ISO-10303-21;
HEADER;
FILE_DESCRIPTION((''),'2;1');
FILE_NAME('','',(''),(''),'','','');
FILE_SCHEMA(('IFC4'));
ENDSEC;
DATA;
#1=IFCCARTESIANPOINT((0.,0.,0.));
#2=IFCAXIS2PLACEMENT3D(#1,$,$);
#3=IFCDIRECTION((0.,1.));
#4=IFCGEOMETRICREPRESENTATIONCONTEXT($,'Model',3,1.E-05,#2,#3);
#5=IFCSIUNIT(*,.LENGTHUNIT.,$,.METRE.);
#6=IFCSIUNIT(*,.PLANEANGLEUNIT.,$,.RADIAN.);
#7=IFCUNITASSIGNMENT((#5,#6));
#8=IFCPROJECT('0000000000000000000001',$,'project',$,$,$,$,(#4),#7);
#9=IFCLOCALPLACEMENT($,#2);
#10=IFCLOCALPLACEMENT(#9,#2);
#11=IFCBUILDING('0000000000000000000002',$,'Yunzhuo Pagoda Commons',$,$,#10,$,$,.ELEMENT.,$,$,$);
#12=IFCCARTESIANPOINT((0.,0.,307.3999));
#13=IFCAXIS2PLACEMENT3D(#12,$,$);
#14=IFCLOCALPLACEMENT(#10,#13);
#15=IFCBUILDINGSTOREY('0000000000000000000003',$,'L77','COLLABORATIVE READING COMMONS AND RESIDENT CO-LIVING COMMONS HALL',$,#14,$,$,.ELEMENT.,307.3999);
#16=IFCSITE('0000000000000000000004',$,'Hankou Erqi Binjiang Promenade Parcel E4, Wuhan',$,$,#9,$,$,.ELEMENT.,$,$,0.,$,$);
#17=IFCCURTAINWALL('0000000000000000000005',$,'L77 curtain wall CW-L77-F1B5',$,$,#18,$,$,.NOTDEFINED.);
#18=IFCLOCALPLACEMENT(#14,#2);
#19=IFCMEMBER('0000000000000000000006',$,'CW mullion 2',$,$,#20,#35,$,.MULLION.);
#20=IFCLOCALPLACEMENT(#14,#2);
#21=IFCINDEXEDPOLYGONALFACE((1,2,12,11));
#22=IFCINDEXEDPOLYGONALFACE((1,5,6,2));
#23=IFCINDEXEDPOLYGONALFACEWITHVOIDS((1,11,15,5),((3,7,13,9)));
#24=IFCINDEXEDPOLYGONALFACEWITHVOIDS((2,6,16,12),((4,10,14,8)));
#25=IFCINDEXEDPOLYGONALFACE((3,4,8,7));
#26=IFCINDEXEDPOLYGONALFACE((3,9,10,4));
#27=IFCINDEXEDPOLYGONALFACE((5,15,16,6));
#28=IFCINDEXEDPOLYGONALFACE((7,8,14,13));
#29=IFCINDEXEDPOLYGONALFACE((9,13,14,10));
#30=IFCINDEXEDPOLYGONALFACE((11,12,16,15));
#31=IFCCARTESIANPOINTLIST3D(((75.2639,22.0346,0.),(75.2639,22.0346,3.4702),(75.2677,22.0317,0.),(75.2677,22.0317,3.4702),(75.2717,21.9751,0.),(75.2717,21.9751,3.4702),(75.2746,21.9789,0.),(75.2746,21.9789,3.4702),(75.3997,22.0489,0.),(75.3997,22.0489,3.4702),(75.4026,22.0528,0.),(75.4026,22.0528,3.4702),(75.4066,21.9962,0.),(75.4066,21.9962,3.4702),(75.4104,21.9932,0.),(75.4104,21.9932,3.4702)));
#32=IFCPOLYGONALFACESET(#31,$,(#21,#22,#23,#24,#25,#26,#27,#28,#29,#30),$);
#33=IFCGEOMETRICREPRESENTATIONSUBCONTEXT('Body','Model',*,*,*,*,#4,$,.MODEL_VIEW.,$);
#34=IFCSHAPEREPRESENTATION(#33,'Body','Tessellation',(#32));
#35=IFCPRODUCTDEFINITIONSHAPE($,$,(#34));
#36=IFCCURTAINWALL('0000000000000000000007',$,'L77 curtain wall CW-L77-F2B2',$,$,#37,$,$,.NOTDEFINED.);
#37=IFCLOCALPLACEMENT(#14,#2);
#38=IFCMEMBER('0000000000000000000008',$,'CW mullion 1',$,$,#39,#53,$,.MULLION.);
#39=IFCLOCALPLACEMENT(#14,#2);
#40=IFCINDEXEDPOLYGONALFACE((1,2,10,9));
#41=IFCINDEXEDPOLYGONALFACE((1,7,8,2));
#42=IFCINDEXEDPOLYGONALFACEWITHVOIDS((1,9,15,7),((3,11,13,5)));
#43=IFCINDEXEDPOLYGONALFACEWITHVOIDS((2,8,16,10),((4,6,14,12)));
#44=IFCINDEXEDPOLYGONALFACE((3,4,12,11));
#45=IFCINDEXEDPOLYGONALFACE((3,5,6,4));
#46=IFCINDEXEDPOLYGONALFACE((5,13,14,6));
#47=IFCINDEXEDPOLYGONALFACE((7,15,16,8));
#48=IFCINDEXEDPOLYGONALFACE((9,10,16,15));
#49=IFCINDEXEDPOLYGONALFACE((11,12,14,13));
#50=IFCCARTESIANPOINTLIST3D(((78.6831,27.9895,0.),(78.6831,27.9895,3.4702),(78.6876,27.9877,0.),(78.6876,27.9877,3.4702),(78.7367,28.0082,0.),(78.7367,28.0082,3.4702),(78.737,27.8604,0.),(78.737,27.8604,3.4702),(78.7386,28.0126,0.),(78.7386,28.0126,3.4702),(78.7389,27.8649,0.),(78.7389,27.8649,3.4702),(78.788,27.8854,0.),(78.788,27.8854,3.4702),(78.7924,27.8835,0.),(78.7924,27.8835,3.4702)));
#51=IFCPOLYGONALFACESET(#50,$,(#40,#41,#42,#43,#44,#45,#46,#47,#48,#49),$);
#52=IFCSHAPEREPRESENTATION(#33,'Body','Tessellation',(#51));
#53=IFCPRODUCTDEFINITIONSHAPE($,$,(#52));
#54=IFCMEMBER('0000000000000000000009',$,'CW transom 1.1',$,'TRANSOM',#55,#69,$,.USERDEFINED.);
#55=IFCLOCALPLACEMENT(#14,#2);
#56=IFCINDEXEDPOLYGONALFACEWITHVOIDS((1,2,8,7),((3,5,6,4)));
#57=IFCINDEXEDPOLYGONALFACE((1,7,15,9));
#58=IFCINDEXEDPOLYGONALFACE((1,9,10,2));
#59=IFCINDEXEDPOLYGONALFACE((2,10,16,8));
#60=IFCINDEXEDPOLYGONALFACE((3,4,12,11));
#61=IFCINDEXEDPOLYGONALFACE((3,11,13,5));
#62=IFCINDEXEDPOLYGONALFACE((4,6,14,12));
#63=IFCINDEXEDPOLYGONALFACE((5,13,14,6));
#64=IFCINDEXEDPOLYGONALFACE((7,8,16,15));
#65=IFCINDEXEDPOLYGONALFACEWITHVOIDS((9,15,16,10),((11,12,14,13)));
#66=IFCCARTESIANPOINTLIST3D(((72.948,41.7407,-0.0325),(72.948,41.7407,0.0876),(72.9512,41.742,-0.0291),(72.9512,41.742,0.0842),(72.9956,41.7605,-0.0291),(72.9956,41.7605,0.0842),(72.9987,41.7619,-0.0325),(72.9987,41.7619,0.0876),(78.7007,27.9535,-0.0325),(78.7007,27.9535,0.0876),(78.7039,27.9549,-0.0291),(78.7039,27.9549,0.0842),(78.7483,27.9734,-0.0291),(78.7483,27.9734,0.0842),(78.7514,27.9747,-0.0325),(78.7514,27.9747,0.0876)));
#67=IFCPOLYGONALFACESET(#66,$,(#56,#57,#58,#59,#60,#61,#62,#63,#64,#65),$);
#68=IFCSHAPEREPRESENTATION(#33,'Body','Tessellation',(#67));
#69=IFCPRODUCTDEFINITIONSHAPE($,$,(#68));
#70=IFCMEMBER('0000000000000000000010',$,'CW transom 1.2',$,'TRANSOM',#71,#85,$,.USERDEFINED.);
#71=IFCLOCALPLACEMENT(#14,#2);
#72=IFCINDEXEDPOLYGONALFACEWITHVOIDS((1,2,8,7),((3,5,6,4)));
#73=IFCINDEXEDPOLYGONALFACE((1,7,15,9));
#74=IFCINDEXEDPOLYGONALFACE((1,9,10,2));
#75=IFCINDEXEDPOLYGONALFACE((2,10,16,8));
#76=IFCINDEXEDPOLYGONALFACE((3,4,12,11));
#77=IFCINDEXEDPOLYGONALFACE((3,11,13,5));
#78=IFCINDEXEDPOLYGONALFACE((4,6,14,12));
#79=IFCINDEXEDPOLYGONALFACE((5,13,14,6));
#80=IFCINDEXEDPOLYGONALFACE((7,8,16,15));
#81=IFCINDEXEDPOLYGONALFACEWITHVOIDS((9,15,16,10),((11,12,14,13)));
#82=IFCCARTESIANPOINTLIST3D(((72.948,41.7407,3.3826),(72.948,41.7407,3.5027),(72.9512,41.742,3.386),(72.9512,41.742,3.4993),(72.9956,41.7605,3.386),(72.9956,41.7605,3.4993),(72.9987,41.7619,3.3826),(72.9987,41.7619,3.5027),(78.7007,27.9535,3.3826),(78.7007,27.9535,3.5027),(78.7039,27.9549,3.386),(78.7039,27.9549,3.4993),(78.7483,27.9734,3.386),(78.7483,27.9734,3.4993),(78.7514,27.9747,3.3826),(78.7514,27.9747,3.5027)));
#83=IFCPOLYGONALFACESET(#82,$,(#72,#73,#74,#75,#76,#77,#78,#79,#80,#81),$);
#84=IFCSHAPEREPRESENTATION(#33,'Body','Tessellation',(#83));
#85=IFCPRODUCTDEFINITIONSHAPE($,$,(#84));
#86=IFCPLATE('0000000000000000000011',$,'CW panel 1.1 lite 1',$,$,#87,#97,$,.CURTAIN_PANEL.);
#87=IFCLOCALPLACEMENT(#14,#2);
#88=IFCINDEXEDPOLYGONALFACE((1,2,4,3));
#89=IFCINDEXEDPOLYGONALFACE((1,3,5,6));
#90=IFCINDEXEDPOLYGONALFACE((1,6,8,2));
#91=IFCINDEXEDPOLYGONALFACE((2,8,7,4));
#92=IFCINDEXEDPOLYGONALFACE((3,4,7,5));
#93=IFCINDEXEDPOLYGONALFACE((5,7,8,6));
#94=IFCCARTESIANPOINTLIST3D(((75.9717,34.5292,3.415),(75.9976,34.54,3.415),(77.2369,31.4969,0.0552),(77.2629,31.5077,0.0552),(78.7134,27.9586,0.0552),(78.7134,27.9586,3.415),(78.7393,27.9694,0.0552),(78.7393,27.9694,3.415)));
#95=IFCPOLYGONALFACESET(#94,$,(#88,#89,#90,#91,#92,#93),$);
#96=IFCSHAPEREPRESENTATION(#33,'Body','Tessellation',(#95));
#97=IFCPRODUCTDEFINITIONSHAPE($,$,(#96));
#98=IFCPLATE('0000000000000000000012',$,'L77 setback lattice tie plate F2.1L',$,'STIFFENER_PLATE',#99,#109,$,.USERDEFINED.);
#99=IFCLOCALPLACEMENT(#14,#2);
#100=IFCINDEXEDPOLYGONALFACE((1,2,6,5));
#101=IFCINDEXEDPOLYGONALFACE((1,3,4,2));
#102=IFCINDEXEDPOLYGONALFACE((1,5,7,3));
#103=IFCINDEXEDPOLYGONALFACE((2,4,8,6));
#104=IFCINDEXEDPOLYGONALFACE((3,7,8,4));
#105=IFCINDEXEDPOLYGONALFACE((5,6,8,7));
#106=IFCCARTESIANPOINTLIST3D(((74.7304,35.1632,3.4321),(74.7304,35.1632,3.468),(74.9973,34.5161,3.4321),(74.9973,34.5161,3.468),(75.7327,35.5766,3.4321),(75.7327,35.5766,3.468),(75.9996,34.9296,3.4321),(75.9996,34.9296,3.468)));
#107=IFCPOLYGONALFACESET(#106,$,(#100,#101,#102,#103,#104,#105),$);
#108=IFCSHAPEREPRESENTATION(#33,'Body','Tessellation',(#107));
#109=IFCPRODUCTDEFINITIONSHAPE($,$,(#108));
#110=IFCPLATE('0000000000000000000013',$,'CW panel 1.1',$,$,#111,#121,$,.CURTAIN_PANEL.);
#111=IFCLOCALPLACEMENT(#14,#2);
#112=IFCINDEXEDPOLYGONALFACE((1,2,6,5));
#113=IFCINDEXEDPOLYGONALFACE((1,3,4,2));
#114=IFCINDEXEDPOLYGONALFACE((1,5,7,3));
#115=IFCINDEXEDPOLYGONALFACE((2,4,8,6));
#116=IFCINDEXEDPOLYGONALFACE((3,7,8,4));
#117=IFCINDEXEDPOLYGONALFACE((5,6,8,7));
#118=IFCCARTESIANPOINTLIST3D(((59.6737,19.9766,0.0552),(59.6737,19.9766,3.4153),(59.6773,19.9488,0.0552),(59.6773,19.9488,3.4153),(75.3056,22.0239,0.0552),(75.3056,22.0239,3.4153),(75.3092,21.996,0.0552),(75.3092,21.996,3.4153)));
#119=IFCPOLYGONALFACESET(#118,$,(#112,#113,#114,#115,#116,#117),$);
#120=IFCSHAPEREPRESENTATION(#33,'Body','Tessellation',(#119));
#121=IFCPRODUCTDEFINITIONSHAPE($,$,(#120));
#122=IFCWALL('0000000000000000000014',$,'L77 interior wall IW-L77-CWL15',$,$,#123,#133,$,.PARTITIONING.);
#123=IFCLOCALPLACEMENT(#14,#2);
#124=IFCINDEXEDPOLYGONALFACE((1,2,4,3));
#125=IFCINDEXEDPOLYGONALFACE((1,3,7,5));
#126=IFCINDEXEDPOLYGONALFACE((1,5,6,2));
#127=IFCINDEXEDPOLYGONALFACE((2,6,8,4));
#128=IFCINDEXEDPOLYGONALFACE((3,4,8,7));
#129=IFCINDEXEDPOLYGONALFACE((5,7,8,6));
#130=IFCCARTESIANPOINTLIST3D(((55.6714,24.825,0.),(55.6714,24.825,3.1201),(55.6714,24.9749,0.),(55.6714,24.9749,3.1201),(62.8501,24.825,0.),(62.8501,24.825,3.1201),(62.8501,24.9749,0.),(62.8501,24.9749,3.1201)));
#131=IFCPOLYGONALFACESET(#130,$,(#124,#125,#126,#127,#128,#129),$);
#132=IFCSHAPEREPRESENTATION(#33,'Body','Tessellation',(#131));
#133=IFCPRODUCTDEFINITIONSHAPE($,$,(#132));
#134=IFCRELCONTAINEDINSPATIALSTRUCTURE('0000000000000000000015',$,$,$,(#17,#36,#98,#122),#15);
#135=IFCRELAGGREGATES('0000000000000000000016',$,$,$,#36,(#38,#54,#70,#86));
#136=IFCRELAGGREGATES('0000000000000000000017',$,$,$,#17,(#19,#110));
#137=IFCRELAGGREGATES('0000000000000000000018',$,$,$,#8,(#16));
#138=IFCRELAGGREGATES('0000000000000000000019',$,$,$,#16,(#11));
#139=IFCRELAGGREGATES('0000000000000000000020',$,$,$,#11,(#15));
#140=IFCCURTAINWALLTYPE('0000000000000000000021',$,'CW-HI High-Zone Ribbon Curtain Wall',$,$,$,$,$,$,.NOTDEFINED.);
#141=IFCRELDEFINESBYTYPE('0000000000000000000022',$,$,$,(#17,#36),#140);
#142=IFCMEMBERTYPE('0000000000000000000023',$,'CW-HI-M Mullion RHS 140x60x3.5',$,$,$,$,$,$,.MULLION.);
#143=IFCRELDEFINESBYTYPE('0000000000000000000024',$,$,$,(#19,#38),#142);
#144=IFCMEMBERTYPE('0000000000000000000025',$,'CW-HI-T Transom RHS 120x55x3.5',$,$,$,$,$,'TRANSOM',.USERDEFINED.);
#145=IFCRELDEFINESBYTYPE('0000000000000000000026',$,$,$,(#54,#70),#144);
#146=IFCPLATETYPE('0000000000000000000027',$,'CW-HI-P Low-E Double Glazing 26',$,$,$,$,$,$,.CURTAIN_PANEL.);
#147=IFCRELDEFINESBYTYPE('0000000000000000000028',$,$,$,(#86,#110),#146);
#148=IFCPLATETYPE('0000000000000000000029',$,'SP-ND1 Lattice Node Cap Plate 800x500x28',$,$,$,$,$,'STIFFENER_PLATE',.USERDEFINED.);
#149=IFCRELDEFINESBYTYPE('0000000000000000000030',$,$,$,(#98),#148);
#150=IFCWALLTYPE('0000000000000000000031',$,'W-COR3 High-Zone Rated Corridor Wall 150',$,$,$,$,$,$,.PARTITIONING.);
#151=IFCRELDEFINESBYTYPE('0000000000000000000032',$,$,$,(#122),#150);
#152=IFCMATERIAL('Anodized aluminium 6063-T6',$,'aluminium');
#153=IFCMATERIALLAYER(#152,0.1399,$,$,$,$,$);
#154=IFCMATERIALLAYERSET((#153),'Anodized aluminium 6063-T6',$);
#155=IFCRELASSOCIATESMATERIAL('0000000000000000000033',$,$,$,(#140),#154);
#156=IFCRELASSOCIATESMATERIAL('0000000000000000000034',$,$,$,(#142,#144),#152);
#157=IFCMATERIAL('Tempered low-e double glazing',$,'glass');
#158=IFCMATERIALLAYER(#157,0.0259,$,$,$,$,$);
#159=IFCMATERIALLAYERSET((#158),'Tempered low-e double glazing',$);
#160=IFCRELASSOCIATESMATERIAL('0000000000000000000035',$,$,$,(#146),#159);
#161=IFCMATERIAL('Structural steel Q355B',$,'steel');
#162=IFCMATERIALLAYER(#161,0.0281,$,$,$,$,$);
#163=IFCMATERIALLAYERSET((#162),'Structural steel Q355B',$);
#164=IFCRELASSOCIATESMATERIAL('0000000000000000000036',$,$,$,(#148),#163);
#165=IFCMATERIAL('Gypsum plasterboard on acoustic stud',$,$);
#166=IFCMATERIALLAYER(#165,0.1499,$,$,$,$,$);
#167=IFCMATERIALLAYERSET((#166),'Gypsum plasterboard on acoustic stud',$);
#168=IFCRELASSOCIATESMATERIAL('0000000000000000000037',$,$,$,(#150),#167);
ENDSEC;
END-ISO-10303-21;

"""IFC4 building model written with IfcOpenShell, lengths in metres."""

from ifc_helpers import new_model, si_unit, direction, frame, frame_2d, origin, origin_2d, place, context, subcontext, project, spatial, polyline, rectangle, hollow_rectangle, outline, extrude, source, transform, mapped, material, layer, layer_set, material_profile, profile_set, type_object, element, aggregate, save


model = new_model("IFC4")

# Units and contexts
model_context = context("Model", 3, precision=1e-05, world=origin(), true_north=direction((0.0, 1.0)))
body_context = subcontext(model_context, "Body", "Model", "MODEL_VIEW")
ifc_project = project(units=[si_unit("LENGTHUNIT", "METRE"), si_unit("PLANEANGLEUNIT", "RADIAN")], contexts=[model_context])

# Site, building, storey
site_placement = place(None, origin())
site = spatial("IfcSite", under=ifc_project, at=site_placement, Name="Hankou Erqi Binjiang Promenade Parcel E4, Wuhan", CompositionType="ELEMENT", RefElevation=0.0)
building_placement = place(site_placement, origin())
building = spatial("IfcBuilding", under=site, at=building_placement, Name="Yunzhuo Pagoda Commons", CompositionType="ELEMENT")
storey_placement = place(building_placement, frame((0.0, 0.0, 307.3999)))
storey = spatial("IfcBuildingStorey", under=building, at=storey_placement, Name="L77", Description="COLLABORATIVE READING COMMONS AND RESIDENT CO-LIVING COMMONS HALL", CompositionType="ELEMENT", Elevation=307.3999)

# Shared definitions
ifc_material_1 = material(Name="Structural steel Q355B", Category="steel")

# Curtain wall, member
ifc_material_2 = material(Name="Anodized aluminium 6063-T6", Category="aluminium")
ifc_layer_1 = layer(ifc_material_2, 0.1399)
ifc_layer_set_1 = layer_set([ifc_layer_1], Name="Anodized aluminium 6063-T6")
curtain_wall_type = type_object("IfcCurtainWallType", Name="CW-HI High-Zone Ribbon Curtain Wall", PredefinedType="NOTDEFINED", material=ifc_layer_set_1)
curtain_wall_1_placement = place(storey_placement, origin())
curtain_wall_1 = element("IfcCurtainWall", 1, at=curtain_wall_1_placement, inside=storey, type_object=curtain_wall_type, Name="L77 curtain wall CW-L77-F1B5", PredefinedType="NOTDEFINED")
ifc_material_profile_1 = material_profile(ifc_material_2, hollow_rectangle(XDim=0.0601, YDim=0.1399, WallThickness=0.0034, at=origin_2d()), Name="Anodized aluminium 6063-T6")
ifc_profile_set_1 = profile_set([ifc_material_profile_1], Name="Anodized aluminium 6063-T6")
member_type_1 = type_object("IfcMemberType", Name="CW-HI-M Mullion RHS 140x60x3.5", PredefinedType="MULLION", material=ifc_profile_set_1)
shared_shape_1 = source(origin(), body_context, "Body", "SweptSolid", [
    extrude(hollow_rectangle(XDim=0.0601, YDim=0.1399, WallThickness=0.0034, at=origin_2d()), origin(), (0.0, 0.0, 1.0), 3.4702),
])
member_1_placement = place(storey_placement, frame((75.3372, 22.0139, 0.0), z_axis=(0.0, 0.0, 1.0), x_axis=(-0.129855, 0.991533, 0.0)))
member_1 = element("IfcMember", 2, at=member_1_placement, type_object=member_type_1, Name="CW mullion 2", PredefinedType="MULLION", context=body_context, shape_type="MappedRepresentation", body=[
    mapped(shared_shape_1, transform((0.0, 0.0, 0.0), scale=1.0)),
])

# Curtain wall, members, plate
curtain_wall_2_placement = place(storey_placement, origin())
curtain_wall_2 = element("IfcCurtainWall", 3, at=curtain_wall_2_placement, inside=storey, type_object=curtain_wall_type, Name="L77 curtain wall CW-L77-F2B2", PredefinedType="NOTDEFINED")
member_2_placement = place(storey_placement, frame((78.7378, 27.9365, 0.0), z_axis=(0.0, 0.0, 1.0), x_axis=(-0.922876, -0.385097, 0.0)))
member_2 = element("IfcMember", 4, at=member_2_placement, type_object=member_type_1, Name="CW mullion 1", PredefinedType="MULLION", context=body_context, shape_type="MappedRepresentation", body=[
    mapped(shared_shape_1, transform((0.0, 0.0, 0.0), scale=1.0)),
])
ifc_material_profile_2 = material_profile(ifc_material_2, hollow_rectangle(XDim=0.0549, YDim=0.1201, WallThickness=0.0034, at=origin_2d()), Name="Anodized aluminium 6063-T6")
ifc_profile_set_2 = profile_set([ifc_material_profile_2], Name="Anodized aluminium 6063-T6")
member_type_2 = type_object("IfcMemberType", Name="CW-HI-T Transom RHS 120x55x3.5", ElementType="TRANSOM", PredefinedType="USERDEFINED", material=ifc_profile_set_2)
shared_shape_2 = source(origin(), body_context, "Body", "SweptSolid", [
    extrude(hollow_rectangle(XDim=0.0549, YDim=0.1201, WallThickness=0.0034, at=origin_2d()), origin(), (0.0, 0.0, 1.0), 14.9392),
])
member_3_placement = place(storey_placement, frame((78.7261, 27.9641, 0.0276), z_axis=(-0.385075, 0.922885, 0.0), x_axis=(-0.922885, -0.385075, 0.0)))
member_3 = element("IfcMember", 5, at=member_3_placement, type_object=member_type_2, Name="CW transom 1.1", ObjectType="TRANSOM", PredefinedType="USERDEFINED", context=body_context, shape_type="MappedRepresentation", body=[
    mapped(shared_shape_2, transform((0.0, 0.0, 0.0), scale=1.0)),
])
member_4_placement = place(storey_placement, frame((78.7261, 27.9641, 3.4426), z_axis=(-0.385075, 0.922885, 0.0), x_axis=(-0.922885, -0.385075, 0.0)))
member_4 = element("IfcMember", 6, at=member_4_placement, type_object=member_type_2, Name="CW transom 1.2", ObjectType="TRANSOM", PredefinedType="USERDEFINED", context=body_context, shape_type="MappedRepresentation", body=[
    mapped(shared_shape_2, transform((0.0, 0.0, 0.0), scale=1.0)),
])
ifc_material_3 = material(Name="Tempered low-e double glazing", Category="glass")
ifc_layer_2 = layer(ifc_material_3, 0.0259)
ifc_layer_set_2 = layer_set([ifc_layer_2], Name="Tempered low-e double glazing")
plate_type_1 = type_object("IfcPlateType", Name="CW-HI-P Low-E Double Glazing 26", PredefinedType="CURTAIN_PANEL", material=ifc_layer_set_2)
plate_1_placement = place(storey_placement, frame((77.3425, 31.2439, 1.7351), z_axis=(0.922876, 0.385097, 0.0), x_axis=(-0.385097, 0.922876, 0.0)))
plate_1 = element("IfcPlate", 7, at=plate_1_placement, type_object=plate_type_1, Name="CW panel 1.1 lite 1", PredefinedType="CURTAIN_PANEL", context=body_context, shape_type="SweptSolid", body=[
    extrude(outline(polyline([(-3.5598, -1.6799), (0.2742, -1.6799), (3.5598, 1.6799), (-3.5598, 1.6799), (-3.5598, -1.6799)])), origin(), (0.0, 0.0, 1.0), 0.0281),
])
aggregate(curtain_wall_2, [member_2, member_3, member_4, plate_1])

# Plates
ifc_layer_3 = layer(ifc_material_1, 0.0281)
ifc_layer_set_3 = layer_set([ifc_layer_3], Name="Structural steel Q355B")
plate_type_2 = type_object("IfcPlateType", Name="SP-ND1 Lattice Node Cap Plate 800x500x28", ElementType="STIFFENER_PLATE", PredefinedType="USERDEFINED", material=ifc_layer_set_3)
shared_shape_3 = source(origin(), body_context, "Body", "SweptSolid", [
    extrude(rectangle(XDim=0.7, YDim=1.0842, at=origin_2d()), origin(), (0.0, 0.0, 1.0), 0.0359),
])
plate_2_placement = place(storey_placement, frame((75.365, 35.0464, 3.4321), z_axis=(0.0, 0.0, 1.0), x_axis=(-0.381345, 0.924433, 0.0)))
element("IfcPlate", 8, at=plate_2_placement, inside=storey, type_object=plate_type_2, Name="L77 setback lattice tie plate F2.1L", ObjectType="STIFFENER_PLATE", PredefinedType="USERDEFINED", context=body_context, shape_type="MappedRepresentation", body=[
    mapped(shared_shape_3, transform((0.0, 0.0, 0.0), scale=1.0)),
])
shared_shape_4 = source(origin(), body_context, "Body", "SweptSolid", [
    extrude(rectangle(XDim=15.7654, YDim=0.0281, at=origin_2d()), origin(), (0.0, 0.0, 1.0), 3.3601),
])
plate_3_placement = place(storey_placement, frame((67.4915, 20.9863, 0.0552), z_axis=(0.0, 0.0, 1.0), x_axis=(0.991533, 0.129855, 0.0)))
plate_3 = element("IfcPlate", 9, at=plate_3_placement, type_object=plate_type_1, Name="CW panel 1.1", PredefinedType="CURTAIN_PANEL", context=body_context, shape_type="MappedRepresentation", body=[
    mapped(shared_shape_4, transform((0.0, 0.0, 0.0), scale=1.0)),
])
aggregate(curtain_wall_1, [member_1, plate_3])

# Wall
ifc_material_4 = material(Name="Gypsum plasterboard on acoustic stud")
ifc_layer_4 = layer(ifc_material_4, 0.1499)
ifc_layer_set_4 = layer_set([ifc_layer_4], Name="Gypsum plasterboard on acoustic stud")
wall_type_1 = type_object("IfcWallType", Name="W-COR3 High-Zone Rated Corridor Wall 150", PredefinedType="PARTITIONING", material=ifc_layer_set_4)
wall_1_placement = place(storey_placement, frame((62.8501, 24.8999, 0.0), z_axis=(0.0, 0.0, 1.0), x_axis=(-1.0, 0.0, 0.0)))
element("IfcWall", 10, at=wall_1_placement, inside=storey, type_object=wall_type_1, Name="L77 interior wall IW-L77-CWL15", PredefinedType="PARTITIONING", context=body_context, shape_type="SweptSolid", body=[
    extrude(rectangle(XDim=7.1787, YDim=0.1499, at=frame_2d((3.5894, 0.0))), origin(), (0.0, 0.0, 1.0), 3.1201),
])

save(model, "model.ifc")
